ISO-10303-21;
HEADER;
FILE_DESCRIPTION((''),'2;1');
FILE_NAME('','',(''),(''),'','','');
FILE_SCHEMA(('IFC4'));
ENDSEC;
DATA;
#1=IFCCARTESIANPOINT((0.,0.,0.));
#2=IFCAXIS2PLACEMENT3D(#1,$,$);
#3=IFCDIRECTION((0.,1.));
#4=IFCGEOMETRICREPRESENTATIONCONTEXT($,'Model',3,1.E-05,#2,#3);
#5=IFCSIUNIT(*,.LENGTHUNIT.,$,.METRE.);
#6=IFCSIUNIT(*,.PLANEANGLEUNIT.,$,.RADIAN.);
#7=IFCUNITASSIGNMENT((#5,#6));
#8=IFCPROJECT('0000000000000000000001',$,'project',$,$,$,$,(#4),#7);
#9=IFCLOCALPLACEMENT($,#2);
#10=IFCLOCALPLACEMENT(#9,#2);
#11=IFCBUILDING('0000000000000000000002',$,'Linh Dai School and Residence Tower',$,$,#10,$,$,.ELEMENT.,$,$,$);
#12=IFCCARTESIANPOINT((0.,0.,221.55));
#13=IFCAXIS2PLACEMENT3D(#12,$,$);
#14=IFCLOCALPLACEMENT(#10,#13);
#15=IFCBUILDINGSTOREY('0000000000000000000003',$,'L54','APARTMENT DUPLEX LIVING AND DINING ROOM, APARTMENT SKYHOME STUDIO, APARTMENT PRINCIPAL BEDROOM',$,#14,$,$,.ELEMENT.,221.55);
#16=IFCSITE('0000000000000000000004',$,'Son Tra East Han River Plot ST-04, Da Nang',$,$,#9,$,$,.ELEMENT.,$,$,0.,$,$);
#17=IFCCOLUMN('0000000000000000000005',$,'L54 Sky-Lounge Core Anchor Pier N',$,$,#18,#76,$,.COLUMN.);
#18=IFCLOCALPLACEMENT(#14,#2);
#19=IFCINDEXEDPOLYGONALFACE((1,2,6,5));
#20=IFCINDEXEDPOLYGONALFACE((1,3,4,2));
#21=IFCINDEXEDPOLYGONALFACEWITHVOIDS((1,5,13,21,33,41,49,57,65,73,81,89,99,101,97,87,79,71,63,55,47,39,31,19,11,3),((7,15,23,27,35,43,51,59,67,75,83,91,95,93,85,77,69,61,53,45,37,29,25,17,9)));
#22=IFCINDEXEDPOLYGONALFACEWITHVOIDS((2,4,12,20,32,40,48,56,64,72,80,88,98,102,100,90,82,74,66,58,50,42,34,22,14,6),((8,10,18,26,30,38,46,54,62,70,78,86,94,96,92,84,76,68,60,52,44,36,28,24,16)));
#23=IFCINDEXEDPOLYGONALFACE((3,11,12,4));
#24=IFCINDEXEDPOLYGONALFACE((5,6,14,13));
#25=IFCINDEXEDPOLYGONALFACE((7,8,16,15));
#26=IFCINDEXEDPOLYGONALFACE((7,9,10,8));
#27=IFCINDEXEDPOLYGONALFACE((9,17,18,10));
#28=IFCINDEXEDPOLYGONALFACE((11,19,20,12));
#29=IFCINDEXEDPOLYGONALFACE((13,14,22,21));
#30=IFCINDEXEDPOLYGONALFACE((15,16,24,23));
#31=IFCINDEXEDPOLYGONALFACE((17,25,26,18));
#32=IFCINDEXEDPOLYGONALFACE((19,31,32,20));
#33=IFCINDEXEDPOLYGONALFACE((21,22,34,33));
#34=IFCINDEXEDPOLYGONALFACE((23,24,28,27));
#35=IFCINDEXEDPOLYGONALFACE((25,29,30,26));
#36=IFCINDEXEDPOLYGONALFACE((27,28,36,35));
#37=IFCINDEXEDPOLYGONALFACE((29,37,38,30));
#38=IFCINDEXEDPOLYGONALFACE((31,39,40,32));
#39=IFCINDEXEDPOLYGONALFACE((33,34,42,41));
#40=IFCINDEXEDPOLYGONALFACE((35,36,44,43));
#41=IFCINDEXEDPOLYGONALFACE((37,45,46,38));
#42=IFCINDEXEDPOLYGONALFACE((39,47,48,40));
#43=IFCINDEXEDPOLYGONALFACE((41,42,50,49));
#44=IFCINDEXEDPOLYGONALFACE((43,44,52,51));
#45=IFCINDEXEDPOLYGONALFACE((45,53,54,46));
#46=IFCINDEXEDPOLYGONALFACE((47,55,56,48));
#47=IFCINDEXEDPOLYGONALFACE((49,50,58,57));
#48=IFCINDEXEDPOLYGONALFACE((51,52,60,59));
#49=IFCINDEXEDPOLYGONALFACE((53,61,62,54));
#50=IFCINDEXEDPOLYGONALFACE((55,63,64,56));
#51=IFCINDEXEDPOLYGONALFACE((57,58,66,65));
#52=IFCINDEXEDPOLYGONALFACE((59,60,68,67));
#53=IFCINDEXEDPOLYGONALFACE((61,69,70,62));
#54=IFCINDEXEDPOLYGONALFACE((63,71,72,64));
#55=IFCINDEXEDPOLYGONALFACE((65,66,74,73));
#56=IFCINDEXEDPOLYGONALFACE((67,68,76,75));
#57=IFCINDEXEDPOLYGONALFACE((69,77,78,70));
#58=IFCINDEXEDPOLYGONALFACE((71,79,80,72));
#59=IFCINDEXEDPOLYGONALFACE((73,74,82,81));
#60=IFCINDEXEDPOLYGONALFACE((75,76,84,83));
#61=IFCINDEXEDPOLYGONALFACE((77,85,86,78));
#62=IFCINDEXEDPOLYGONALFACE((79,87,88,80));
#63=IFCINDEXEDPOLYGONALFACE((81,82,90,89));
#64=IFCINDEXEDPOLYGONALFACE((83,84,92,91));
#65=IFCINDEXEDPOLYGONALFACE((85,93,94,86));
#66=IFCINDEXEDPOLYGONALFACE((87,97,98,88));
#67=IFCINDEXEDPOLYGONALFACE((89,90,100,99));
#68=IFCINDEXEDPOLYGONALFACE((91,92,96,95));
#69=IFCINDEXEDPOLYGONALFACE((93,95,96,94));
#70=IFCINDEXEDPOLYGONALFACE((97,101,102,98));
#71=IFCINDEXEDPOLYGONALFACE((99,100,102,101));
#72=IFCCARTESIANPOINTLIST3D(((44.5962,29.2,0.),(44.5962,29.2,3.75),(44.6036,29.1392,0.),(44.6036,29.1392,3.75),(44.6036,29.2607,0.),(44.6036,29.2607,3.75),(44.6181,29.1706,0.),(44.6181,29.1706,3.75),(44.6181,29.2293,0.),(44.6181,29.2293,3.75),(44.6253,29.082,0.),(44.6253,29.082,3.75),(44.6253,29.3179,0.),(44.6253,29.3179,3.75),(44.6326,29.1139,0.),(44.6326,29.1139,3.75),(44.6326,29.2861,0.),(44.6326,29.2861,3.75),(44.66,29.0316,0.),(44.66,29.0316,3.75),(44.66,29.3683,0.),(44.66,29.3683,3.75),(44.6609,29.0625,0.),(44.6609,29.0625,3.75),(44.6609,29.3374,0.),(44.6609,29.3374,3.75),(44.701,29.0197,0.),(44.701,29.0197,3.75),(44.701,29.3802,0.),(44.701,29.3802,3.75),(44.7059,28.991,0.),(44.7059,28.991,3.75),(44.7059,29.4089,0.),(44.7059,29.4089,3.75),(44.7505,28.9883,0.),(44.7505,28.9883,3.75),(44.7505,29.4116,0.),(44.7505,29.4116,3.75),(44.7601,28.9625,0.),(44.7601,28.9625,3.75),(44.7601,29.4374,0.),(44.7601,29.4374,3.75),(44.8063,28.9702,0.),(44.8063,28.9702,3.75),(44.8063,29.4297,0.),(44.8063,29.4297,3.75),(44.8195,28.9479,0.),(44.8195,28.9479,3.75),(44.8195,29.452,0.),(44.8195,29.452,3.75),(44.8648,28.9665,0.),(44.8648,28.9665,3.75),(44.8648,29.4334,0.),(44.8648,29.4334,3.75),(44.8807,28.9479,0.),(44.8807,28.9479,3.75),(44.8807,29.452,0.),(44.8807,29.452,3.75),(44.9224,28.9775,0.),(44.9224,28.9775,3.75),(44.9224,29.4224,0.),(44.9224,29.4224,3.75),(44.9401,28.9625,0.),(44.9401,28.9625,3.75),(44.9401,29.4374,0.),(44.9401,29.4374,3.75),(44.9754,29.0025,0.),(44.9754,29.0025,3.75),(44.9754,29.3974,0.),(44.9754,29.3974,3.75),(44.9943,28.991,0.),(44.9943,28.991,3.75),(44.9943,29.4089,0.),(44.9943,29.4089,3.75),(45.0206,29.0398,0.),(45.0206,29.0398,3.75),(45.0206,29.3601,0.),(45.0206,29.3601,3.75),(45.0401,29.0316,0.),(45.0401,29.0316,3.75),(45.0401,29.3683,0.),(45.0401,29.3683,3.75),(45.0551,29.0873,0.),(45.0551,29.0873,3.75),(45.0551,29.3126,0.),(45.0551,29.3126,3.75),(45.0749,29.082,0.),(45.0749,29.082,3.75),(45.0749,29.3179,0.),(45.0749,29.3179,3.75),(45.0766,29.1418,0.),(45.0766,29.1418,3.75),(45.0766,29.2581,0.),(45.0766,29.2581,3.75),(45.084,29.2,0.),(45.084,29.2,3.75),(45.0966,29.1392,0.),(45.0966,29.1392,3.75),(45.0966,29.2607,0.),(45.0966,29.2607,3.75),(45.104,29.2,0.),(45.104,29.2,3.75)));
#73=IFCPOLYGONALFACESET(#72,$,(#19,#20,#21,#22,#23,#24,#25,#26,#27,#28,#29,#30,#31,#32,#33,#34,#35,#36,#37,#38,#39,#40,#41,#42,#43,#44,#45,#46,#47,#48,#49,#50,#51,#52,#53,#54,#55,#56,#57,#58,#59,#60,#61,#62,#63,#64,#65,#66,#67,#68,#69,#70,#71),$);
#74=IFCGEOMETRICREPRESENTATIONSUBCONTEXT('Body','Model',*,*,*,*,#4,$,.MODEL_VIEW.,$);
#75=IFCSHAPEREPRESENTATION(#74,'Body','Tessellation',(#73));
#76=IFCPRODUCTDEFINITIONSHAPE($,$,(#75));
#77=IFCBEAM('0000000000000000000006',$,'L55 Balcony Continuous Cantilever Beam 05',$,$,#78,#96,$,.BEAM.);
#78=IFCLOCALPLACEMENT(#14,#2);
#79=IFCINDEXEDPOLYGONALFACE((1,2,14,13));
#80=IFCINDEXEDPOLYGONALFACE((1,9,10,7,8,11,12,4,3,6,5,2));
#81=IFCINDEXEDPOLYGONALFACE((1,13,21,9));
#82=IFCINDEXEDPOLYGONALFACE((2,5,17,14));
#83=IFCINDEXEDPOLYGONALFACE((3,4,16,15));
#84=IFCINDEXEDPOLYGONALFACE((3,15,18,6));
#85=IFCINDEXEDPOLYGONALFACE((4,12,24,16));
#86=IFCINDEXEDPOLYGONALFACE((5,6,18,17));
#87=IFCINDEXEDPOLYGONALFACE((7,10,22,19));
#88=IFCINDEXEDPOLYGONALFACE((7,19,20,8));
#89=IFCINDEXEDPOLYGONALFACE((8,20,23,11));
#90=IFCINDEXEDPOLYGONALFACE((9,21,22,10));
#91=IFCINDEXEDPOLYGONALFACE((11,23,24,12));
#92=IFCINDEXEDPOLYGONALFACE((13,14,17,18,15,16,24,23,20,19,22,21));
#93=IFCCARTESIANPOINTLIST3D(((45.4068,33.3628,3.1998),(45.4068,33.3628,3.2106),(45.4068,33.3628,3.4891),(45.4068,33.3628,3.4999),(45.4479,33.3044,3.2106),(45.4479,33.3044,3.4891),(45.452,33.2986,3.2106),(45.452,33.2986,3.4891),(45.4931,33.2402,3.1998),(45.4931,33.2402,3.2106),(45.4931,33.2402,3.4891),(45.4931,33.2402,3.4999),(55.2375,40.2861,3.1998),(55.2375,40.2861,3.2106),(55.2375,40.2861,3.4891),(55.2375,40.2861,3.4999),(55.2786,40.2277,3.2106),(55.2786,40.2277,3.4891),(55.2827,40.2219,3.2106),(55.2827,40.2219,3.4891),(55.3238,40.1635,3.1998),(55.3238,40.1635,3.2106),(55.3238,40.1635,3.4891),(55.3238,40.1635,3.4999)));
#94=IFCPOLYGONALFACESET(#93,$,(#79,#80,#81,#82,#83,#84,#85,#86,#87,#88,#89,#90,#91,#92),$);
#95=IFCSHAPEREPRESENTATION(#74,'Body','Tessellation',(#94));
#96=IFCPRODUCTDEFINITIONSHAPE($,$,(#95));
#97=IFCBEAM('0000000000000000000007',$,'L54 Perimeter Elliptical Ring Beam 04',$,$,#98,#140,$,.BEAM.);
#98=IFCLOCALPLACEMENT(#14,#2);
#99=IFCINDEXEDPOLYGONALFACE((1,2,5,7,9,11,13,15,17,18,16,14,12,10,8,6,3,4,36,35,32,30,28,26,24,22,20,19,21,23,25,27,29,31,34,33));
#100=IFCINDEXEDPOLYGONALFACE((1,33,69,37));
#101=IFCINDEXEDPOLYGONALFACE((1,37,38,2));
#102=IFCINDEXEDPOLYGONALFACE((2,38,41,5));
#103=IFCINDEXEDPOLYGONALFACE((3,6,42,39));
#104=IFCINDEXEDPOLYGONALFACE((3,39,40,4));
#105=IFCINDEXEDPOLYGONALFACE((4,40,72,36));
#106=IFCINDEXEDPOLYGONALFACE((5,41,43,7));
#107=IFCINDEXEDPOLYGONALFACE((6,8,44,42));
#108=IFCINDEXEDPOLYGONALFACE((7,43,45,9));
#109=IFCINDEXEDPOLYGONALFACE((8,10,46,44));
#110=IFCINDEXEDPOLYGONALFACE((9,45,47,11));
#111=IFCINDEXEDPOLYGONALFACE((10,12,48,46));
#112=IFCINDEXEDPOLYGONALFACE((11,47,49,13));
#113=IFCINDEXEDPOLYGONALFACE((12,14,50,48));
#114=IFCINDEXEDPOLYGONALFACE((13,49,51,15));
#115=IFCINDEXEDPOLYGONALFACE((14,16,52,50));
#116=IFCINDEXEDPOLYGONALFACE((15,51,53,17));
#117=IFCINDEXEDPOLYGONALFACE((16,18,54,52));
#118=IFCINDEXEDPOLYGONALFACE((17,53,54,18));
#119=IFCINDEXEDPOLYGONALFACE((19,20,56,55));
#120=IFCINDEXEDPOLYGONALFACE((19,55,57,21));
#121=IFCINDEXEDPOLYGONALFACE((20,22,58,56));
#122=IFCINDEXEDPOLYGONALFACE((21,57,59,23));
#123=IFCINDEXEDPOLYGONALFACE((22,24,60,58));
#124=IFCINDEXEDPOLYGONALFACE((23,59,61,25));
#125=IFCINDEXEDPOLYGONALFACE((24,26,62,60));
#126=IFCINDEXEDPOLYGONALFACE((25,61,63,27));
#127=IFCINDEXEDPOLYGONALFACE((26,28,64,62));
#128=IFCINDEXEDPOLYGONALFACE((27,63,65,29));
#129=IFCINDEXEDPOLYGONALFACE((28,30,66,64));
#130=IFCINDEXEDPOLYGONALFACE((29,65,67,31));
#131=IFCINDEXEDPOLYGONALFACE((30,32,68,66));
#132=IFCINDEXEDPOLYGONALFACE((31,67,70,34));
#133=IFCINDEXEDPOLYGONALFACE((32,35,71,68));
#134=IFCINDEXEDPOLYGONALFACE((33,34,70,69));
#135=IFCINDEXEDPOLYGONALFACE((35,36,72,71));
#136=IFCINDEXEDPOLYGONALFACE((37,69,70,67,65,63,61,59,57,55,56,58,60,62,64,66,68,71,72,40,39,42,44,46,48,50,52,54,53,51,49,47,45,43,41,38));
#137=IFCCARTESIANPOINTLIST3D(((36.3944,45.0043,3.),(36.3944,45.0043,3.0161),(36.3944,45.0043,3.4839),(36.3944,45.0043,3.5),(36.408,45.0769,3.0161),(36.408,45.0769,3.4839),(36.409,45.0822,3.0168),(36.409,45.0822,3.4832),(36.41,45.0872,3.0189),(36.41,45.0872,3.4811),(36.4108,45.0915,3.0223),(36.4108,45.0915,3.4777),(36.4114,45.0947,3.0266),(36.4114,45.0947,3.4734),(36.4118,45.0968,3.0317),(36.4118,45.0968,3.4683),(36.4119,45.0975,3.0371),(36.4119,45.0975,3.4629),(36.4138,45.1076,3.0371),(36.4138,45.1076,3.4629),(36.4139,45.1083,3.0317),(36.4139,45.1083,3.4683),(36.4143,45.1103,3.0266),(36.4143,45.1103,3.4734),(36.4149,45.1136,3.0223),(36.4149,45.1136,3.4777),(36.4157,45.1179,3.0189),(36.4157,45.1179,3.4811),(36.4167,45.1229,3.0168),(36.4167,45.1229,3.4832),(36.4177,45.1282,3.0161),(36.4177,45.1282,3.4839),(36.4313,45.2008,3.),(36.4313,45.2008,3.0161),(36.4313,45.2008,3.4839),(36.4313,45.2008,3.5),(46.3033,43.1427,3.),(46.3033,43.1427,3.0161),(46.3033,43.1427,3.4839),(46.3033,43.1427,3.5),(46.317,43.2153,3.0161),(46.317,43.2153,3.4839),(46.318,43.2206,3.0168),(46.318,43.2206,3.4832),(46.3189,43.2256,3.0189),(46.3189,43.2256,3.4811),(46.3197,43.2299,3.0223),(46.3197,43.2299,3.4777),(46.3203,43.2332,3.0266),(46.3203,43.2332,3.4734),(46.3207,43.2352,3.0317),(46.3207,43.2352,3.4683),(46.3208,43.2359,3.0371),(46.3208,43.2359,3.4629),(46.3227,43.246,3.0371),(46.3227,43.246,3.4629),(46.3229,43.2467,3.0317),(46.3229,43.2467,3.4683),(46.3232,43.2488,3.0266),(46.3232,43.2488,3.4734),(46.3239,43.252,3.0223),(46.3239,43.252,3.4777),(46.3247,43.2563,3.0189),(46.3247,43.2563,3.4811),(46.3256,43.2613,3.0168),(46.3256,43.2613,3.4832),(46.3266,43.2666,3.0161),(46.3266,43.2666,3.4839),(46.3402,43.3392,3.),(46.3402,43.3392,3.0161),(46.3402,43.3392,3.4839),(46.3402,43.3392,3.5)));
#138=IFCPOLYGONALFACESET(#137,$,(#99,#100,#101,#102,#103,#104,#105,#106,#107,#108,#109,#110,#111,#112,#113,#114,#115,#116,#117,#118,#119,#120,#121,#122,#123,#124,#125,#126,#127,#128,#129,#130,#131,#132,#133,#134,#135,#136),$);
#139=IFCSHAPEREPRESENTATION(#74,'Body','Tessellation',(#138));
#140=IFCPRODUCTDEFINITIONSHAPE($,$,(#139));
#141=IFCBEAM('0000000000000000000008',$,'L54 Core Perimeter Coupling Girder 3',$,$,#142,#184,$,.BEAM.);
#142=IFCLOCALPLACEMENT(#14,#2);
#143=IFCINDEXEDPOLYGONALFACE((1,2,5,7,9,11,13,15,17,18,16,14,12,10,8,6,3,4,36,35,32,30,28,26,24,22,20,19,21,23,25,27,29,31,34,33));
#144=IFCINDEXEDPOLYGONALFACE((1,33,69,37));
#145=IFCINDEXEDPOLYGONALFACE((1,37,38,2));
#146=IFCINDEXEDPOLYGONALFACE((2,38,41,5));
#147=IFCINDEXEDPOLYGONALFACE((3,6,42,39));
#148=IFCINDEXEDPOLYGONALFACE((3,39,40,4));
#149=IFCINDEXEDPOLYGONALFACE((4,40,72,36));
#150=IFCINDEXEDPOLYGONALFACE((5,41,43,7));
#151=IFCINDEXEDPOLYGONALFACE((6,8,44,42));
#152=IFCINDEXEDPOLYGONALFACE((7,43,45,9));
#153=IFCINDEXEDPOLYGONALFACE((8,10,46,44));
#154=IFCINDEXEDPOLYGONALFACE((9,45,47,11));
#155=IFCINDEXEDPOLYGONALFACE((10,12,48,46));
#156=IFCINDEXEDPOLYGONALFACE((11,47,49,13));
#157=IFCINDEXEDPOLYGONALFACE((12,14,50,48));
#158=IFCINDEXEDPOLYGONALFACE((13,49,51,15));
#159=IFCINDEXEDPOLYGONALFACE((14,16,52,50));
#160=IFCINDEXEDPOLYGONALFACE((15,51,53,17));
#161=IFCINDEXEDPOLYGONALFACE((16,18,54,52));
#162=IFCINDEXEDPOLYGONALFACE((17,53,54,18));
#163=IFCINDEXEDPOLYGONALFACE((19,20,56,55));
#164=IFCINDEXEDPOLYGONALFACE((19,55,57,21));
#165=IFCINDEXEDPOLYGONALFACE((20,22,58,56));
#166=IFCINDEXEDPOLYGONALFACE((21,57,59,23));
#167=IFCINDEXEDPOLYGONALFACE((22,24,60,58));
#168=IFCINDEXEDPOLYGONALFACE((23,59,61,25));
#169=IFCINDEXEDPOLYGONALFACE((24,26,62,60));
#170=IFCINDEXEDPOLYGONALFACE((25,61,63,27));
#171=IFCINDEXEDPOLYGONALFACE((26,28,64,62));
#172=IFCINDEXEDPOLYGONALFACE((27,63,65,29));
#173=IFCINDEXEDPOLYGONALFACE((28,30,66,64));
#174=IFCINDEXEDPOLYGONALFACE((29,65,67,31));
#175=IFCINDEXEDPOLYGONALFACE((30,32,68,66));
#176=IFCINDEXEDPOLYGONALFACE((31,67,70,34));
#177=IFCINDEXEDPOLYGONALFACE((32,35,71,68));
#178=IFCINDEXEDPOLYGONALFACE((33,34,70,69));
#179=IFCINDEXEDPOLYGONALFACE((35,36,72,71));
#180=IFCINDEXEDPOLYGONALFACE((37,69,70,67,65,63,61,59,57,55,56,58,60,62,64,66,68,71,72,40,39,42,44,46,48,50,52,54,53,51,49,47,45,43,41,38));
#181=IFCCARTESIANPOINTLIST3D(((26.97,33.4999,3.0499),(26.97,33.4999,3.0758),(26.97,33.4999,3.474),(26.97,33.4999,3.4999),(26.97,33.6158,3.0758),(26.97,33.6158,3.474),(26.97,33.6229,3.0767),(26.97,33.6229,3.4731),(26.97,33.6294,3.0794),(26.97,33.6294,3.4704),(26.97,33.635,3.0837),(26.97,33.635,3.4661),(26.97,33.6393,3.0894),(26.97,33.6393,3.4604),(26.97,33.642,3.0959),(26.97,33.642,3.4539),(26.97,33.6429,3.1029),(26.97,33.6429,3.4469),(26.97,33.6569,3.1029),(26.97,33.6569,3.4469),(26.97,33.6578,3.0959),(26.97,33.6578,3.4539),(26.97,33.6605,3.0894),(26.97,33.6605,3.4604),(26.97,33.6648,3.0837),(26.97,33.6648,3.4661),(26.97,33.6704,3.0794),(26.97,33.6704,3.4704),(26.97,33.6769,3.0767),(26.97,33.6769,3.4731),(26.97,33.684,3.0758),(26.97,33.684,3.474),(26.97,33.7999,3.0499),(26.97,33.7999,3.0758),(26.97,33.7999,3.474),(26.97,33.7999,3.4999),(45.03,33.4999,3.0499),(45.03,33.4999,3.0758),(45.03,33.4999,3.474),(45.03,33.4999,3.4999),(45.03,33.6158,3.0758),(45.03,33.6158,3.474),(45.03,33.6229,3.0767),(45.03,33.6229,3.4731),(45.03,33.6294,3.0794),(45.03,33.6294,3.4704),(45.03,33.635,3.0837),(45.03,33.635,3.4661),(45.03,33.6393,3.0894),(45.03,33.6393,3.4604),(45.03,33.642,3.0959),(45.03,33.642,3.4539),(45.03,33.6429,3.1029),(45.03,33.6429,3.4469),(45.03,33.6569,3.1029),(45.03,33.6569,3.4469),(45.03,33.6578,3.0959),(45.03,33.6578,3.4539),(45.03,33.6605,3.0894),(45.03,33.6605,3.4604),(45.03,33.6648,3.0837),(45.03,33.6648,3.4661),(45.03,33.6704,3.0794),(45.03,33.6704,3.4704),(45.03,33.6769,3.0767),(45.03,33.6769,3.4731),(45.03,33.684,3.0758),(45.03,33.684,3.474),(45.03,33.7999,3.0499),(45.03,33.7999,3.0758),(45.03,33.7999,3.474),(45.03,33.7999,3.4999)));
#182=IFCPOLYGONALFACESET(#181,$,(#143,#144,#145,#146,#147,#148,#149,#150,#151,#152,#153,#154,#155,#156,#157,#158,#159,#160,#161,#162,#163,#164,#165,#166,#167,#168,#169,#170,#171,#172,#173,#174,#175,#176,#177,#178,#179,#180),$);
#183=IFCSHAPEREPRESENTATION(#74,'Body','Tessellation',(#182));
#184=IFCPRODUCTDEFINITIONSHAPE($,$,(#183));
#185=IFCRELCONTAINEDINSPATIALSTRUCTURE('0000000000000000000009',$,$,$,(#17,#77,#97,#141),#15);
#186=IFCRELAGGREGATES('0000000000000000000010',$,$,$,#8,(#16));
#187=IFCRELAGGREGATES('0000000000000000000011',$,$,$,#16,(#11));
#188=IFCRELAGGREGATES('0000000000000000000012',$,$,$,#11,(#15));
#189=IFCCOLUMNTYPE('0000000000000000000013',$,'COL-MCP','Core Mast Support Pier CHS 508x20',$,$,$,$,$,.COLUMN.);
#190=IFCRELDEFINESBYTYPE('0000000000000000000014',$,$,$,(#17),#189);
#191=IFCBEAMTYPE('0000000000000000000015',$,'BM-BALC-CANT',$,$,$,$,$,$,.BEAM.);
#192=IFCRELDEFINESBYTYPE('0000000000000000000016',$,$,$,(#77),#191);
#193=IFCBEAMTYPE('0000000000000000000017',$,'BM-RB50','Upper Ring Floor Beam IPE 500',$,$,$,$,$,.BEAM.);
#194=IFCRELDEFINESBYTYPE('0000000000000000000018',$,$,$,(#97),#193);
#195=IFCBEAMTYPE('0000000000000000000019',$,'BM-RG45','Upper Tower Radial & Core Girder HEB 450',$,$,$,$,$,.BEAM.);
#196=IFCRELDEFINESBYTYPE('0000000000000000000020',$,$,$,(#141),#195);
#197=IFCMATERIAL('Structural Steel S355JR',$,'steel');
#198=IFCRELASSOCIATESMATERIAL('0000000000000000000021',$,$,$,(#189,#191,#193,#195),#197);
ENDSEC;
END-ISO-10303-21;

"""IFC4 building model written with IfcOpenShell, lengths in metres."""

from ifc_helpers import new_model, si_unit, direction, frame, origin, origin_2d, place, context, subcontext, project, spatial, hollow_circle, i_section, extrude, material, material_profile, profile_set, type_object, element, save


model = new_model("IFC4")

# Units and contexts
model_context = context("Model", 3, precision=1e-05, world=origin(), true_north=direction((0.0, 1.0)))
body_context = subcontext(model_context, "Body", "Model", "MODEL_VIEW")
ifc_project = project(units=[si_unit("LENGTHUNIT", "METRE"), si_unit("PLANEANGLEUNIT", "RADIAN")], contexts=[model_context])

# Site, building, storey
site_placement = place(None, origin())
site = spatial("IfcSite", under=ifc_project, at=site_placement, Name="Son Tra East Han River Plot ST-04, Da Nang", CompositionType="ELEMENT", RefElevation=0.0)
building_placement = place(site_placement, origin())
building = spatial("IfcBuilding", under=site, at=building_placement, Name="Linh Dai School and Residence Tower", CompositionType="ELEMENT")
storey_placement = place(building_placement, frame((0.0, 0.0, 221.55)))
storey = spatial("IfcBuildingStorey", under=building, at=storey_placement, Name="L54", Description="APARTMENT DUPLEX LIVING AND DINING ROOM, APARTMENT SKYHOME STUDIO, APARTMENT PRINCIPAL BEDROOM", CompositionType="ELEMENT", Elevation=221.55)

# Column
ifc_material_1 = material(Name="Structural Steel S355JR", Category="steel")
ifc_material_profile_1 = material_profile(ifc_material_1, hollow_circle(Radius=0.2539, WallThickness=0.02, at=origin_2d()), Name="CHS 508x20")
ifc_profile_set_1 = profile_set([ifc_material_profile_1], Name="Structural Steel S355JR")
column_type_1 = type_object("IfcColumnType", Name="COL-MCP", Description="Core Mast Support Pier CHS 508x20", PredefinedType="COLUMN", material=ifc_profile_set_1)
column_1_placement = place(storey_placement, frame((44.8501, 29.2, 0.0), z_axis=(0.0, 0.0, 1.0), x_axis=(1.0, 0.0, 0.0)))
element("IfcColumn", 1, at=column_1_placement, inside=storey, type_object=column_type_1, Name="L54 Sky-Lounge Core Anchor Pier N", PredefinedType="COLUMN", context=body_context, shape_type="SweptSolid", body=[
    extrude(hollow_circle(Radius=0.2539, WallThickness=0.02, at=origin_2d()), origin(), (0.0, 0.0, 1.0), 3.75),
])

# Beams
ifc_material_profile_2 = material_profile(ifc_material_1, i_section(OverallWidth=0.1499, OverallDepth=0.3, WebThickness=0.0071, FlangeThickness=0.0107, at=origin_2d()), Name="IPE 300")
ifc_profile_set_2 = profile_set([ifc_material_profile_2], Name="Structural Steel S355JR")
beam_type_1 = type_object("IfcBeamType", Name="BM-BALC-CANT", PredefinedType="BEAM", material=ifc_profile_set_2)
beam_1_placement = place(storey_placement, frame((45.45, 33.3015, 3.3499), z_axis=(0.817596, 0.575792, 0.0), x_axis=(-0.575792, 0.817596, 0.0)))
element("IfcBeam", 2, at=beam_1_placement, inside=storey, type_object=beam_type_1, Name="L55 Balcony Continuous Cantilever Beam 05", PredefinedType="BEAM", context=body_context, shape_type="SweptSolid", body=[
    extrude(i_section(OverallWidth=0.1499, OverallDepth=0.3, WebThickness=0.0071, FlangeThickness=0.0107, at=origin_2d()), origin(), (0.0, 0.0, 1.0), 12.0239),
])
ifc_material_profile_3 = material_profile(ifc_material_1, i_section(OverallWidth=0.2, OverallDepth=0.5, WebThickness=0.0103, FlangeThickness=0.0161, FilletRadius=0.021, at=origin_2d()), Name="IPE 500")
ifc_profile_set_3 = profile_set([ifc_material_profile_3], Name="Structural Steel S355JR")
beam_type_2 = type_object("IfcBeamType", Name="BM-RB50", Description="Upper Ring Floor Beam IPE 500", PredefinedType="BEAM", material=ifc_profile_set_3)
beam_2_placement = place(storey_placement, frame((46.3218, 43.241, 3.25), z_axis=(-0.982807, 0.184638, 0.0), x_axis=(-0.184638, -0.982807, 0.0)))
element("IfcBeam", 3, at=beam_2_placement, inside=storey, type_object=beam_type_2, Name="L54 Perimeter Elliptical Ring Beam 04", PredefinedType="BEAM", context=body_context, shape_type="SweptSolid", body=[
    extrude(i_section(OverallWidth=0.2, OverallDepth=0.5, WebThickness=0.0103, FlangeThickness=0.0161, FilletRadius=0.021, at=origin_2d()), origin(), (0.0, 0.0, 1.0), 10.0823),
])
ifc_material_profile_4 = material_profile(ifc_material_1, i_section(OverallWidth=0.3, OverallDepth=0.45, WebThickness=0.0139, FlangeThickness=0.0259, FilletRadius=0.0271, at=origin_2d()), Name="HEB 450")
ifc_profile_set_4 = profile_set([ifc_material_profile_4], Name="Structural Steel S355JR")
beam_type_3 = type_object("IfcBeamType", Name="BM-RG45", Description="Upper Tower Radial & Core Girder HEB 450", PredefinedType="BEAM", material=ifc_profile_set_4)
beam_3_placement = place(storey_placement, frame((45.03, 33.6499, 3.2749), z_axis=(-1.0, 0.0, 0.0), x_axis=(0.0, -1.0, 0.0)))
element("IfcBeam", 4, at=beam_3_placement, inside=storey, type_object=beam_type_3, Name="L54 Core Perimeter Coupling Girder 3", PredefinedType="BEAM", context=body_context, shape_type="SweptSolid", body=[
    extrude(i_section(OverallWidth=0.3, OverallDepth=0.45, WebThickness=0.0139, FlangeThickness=0.0259, FilletRadius=0.0271, at=origin_2d()), origin(), (0.0, 0.0, 1.0), 18.0601),
])

save(model, "model.ifc")
